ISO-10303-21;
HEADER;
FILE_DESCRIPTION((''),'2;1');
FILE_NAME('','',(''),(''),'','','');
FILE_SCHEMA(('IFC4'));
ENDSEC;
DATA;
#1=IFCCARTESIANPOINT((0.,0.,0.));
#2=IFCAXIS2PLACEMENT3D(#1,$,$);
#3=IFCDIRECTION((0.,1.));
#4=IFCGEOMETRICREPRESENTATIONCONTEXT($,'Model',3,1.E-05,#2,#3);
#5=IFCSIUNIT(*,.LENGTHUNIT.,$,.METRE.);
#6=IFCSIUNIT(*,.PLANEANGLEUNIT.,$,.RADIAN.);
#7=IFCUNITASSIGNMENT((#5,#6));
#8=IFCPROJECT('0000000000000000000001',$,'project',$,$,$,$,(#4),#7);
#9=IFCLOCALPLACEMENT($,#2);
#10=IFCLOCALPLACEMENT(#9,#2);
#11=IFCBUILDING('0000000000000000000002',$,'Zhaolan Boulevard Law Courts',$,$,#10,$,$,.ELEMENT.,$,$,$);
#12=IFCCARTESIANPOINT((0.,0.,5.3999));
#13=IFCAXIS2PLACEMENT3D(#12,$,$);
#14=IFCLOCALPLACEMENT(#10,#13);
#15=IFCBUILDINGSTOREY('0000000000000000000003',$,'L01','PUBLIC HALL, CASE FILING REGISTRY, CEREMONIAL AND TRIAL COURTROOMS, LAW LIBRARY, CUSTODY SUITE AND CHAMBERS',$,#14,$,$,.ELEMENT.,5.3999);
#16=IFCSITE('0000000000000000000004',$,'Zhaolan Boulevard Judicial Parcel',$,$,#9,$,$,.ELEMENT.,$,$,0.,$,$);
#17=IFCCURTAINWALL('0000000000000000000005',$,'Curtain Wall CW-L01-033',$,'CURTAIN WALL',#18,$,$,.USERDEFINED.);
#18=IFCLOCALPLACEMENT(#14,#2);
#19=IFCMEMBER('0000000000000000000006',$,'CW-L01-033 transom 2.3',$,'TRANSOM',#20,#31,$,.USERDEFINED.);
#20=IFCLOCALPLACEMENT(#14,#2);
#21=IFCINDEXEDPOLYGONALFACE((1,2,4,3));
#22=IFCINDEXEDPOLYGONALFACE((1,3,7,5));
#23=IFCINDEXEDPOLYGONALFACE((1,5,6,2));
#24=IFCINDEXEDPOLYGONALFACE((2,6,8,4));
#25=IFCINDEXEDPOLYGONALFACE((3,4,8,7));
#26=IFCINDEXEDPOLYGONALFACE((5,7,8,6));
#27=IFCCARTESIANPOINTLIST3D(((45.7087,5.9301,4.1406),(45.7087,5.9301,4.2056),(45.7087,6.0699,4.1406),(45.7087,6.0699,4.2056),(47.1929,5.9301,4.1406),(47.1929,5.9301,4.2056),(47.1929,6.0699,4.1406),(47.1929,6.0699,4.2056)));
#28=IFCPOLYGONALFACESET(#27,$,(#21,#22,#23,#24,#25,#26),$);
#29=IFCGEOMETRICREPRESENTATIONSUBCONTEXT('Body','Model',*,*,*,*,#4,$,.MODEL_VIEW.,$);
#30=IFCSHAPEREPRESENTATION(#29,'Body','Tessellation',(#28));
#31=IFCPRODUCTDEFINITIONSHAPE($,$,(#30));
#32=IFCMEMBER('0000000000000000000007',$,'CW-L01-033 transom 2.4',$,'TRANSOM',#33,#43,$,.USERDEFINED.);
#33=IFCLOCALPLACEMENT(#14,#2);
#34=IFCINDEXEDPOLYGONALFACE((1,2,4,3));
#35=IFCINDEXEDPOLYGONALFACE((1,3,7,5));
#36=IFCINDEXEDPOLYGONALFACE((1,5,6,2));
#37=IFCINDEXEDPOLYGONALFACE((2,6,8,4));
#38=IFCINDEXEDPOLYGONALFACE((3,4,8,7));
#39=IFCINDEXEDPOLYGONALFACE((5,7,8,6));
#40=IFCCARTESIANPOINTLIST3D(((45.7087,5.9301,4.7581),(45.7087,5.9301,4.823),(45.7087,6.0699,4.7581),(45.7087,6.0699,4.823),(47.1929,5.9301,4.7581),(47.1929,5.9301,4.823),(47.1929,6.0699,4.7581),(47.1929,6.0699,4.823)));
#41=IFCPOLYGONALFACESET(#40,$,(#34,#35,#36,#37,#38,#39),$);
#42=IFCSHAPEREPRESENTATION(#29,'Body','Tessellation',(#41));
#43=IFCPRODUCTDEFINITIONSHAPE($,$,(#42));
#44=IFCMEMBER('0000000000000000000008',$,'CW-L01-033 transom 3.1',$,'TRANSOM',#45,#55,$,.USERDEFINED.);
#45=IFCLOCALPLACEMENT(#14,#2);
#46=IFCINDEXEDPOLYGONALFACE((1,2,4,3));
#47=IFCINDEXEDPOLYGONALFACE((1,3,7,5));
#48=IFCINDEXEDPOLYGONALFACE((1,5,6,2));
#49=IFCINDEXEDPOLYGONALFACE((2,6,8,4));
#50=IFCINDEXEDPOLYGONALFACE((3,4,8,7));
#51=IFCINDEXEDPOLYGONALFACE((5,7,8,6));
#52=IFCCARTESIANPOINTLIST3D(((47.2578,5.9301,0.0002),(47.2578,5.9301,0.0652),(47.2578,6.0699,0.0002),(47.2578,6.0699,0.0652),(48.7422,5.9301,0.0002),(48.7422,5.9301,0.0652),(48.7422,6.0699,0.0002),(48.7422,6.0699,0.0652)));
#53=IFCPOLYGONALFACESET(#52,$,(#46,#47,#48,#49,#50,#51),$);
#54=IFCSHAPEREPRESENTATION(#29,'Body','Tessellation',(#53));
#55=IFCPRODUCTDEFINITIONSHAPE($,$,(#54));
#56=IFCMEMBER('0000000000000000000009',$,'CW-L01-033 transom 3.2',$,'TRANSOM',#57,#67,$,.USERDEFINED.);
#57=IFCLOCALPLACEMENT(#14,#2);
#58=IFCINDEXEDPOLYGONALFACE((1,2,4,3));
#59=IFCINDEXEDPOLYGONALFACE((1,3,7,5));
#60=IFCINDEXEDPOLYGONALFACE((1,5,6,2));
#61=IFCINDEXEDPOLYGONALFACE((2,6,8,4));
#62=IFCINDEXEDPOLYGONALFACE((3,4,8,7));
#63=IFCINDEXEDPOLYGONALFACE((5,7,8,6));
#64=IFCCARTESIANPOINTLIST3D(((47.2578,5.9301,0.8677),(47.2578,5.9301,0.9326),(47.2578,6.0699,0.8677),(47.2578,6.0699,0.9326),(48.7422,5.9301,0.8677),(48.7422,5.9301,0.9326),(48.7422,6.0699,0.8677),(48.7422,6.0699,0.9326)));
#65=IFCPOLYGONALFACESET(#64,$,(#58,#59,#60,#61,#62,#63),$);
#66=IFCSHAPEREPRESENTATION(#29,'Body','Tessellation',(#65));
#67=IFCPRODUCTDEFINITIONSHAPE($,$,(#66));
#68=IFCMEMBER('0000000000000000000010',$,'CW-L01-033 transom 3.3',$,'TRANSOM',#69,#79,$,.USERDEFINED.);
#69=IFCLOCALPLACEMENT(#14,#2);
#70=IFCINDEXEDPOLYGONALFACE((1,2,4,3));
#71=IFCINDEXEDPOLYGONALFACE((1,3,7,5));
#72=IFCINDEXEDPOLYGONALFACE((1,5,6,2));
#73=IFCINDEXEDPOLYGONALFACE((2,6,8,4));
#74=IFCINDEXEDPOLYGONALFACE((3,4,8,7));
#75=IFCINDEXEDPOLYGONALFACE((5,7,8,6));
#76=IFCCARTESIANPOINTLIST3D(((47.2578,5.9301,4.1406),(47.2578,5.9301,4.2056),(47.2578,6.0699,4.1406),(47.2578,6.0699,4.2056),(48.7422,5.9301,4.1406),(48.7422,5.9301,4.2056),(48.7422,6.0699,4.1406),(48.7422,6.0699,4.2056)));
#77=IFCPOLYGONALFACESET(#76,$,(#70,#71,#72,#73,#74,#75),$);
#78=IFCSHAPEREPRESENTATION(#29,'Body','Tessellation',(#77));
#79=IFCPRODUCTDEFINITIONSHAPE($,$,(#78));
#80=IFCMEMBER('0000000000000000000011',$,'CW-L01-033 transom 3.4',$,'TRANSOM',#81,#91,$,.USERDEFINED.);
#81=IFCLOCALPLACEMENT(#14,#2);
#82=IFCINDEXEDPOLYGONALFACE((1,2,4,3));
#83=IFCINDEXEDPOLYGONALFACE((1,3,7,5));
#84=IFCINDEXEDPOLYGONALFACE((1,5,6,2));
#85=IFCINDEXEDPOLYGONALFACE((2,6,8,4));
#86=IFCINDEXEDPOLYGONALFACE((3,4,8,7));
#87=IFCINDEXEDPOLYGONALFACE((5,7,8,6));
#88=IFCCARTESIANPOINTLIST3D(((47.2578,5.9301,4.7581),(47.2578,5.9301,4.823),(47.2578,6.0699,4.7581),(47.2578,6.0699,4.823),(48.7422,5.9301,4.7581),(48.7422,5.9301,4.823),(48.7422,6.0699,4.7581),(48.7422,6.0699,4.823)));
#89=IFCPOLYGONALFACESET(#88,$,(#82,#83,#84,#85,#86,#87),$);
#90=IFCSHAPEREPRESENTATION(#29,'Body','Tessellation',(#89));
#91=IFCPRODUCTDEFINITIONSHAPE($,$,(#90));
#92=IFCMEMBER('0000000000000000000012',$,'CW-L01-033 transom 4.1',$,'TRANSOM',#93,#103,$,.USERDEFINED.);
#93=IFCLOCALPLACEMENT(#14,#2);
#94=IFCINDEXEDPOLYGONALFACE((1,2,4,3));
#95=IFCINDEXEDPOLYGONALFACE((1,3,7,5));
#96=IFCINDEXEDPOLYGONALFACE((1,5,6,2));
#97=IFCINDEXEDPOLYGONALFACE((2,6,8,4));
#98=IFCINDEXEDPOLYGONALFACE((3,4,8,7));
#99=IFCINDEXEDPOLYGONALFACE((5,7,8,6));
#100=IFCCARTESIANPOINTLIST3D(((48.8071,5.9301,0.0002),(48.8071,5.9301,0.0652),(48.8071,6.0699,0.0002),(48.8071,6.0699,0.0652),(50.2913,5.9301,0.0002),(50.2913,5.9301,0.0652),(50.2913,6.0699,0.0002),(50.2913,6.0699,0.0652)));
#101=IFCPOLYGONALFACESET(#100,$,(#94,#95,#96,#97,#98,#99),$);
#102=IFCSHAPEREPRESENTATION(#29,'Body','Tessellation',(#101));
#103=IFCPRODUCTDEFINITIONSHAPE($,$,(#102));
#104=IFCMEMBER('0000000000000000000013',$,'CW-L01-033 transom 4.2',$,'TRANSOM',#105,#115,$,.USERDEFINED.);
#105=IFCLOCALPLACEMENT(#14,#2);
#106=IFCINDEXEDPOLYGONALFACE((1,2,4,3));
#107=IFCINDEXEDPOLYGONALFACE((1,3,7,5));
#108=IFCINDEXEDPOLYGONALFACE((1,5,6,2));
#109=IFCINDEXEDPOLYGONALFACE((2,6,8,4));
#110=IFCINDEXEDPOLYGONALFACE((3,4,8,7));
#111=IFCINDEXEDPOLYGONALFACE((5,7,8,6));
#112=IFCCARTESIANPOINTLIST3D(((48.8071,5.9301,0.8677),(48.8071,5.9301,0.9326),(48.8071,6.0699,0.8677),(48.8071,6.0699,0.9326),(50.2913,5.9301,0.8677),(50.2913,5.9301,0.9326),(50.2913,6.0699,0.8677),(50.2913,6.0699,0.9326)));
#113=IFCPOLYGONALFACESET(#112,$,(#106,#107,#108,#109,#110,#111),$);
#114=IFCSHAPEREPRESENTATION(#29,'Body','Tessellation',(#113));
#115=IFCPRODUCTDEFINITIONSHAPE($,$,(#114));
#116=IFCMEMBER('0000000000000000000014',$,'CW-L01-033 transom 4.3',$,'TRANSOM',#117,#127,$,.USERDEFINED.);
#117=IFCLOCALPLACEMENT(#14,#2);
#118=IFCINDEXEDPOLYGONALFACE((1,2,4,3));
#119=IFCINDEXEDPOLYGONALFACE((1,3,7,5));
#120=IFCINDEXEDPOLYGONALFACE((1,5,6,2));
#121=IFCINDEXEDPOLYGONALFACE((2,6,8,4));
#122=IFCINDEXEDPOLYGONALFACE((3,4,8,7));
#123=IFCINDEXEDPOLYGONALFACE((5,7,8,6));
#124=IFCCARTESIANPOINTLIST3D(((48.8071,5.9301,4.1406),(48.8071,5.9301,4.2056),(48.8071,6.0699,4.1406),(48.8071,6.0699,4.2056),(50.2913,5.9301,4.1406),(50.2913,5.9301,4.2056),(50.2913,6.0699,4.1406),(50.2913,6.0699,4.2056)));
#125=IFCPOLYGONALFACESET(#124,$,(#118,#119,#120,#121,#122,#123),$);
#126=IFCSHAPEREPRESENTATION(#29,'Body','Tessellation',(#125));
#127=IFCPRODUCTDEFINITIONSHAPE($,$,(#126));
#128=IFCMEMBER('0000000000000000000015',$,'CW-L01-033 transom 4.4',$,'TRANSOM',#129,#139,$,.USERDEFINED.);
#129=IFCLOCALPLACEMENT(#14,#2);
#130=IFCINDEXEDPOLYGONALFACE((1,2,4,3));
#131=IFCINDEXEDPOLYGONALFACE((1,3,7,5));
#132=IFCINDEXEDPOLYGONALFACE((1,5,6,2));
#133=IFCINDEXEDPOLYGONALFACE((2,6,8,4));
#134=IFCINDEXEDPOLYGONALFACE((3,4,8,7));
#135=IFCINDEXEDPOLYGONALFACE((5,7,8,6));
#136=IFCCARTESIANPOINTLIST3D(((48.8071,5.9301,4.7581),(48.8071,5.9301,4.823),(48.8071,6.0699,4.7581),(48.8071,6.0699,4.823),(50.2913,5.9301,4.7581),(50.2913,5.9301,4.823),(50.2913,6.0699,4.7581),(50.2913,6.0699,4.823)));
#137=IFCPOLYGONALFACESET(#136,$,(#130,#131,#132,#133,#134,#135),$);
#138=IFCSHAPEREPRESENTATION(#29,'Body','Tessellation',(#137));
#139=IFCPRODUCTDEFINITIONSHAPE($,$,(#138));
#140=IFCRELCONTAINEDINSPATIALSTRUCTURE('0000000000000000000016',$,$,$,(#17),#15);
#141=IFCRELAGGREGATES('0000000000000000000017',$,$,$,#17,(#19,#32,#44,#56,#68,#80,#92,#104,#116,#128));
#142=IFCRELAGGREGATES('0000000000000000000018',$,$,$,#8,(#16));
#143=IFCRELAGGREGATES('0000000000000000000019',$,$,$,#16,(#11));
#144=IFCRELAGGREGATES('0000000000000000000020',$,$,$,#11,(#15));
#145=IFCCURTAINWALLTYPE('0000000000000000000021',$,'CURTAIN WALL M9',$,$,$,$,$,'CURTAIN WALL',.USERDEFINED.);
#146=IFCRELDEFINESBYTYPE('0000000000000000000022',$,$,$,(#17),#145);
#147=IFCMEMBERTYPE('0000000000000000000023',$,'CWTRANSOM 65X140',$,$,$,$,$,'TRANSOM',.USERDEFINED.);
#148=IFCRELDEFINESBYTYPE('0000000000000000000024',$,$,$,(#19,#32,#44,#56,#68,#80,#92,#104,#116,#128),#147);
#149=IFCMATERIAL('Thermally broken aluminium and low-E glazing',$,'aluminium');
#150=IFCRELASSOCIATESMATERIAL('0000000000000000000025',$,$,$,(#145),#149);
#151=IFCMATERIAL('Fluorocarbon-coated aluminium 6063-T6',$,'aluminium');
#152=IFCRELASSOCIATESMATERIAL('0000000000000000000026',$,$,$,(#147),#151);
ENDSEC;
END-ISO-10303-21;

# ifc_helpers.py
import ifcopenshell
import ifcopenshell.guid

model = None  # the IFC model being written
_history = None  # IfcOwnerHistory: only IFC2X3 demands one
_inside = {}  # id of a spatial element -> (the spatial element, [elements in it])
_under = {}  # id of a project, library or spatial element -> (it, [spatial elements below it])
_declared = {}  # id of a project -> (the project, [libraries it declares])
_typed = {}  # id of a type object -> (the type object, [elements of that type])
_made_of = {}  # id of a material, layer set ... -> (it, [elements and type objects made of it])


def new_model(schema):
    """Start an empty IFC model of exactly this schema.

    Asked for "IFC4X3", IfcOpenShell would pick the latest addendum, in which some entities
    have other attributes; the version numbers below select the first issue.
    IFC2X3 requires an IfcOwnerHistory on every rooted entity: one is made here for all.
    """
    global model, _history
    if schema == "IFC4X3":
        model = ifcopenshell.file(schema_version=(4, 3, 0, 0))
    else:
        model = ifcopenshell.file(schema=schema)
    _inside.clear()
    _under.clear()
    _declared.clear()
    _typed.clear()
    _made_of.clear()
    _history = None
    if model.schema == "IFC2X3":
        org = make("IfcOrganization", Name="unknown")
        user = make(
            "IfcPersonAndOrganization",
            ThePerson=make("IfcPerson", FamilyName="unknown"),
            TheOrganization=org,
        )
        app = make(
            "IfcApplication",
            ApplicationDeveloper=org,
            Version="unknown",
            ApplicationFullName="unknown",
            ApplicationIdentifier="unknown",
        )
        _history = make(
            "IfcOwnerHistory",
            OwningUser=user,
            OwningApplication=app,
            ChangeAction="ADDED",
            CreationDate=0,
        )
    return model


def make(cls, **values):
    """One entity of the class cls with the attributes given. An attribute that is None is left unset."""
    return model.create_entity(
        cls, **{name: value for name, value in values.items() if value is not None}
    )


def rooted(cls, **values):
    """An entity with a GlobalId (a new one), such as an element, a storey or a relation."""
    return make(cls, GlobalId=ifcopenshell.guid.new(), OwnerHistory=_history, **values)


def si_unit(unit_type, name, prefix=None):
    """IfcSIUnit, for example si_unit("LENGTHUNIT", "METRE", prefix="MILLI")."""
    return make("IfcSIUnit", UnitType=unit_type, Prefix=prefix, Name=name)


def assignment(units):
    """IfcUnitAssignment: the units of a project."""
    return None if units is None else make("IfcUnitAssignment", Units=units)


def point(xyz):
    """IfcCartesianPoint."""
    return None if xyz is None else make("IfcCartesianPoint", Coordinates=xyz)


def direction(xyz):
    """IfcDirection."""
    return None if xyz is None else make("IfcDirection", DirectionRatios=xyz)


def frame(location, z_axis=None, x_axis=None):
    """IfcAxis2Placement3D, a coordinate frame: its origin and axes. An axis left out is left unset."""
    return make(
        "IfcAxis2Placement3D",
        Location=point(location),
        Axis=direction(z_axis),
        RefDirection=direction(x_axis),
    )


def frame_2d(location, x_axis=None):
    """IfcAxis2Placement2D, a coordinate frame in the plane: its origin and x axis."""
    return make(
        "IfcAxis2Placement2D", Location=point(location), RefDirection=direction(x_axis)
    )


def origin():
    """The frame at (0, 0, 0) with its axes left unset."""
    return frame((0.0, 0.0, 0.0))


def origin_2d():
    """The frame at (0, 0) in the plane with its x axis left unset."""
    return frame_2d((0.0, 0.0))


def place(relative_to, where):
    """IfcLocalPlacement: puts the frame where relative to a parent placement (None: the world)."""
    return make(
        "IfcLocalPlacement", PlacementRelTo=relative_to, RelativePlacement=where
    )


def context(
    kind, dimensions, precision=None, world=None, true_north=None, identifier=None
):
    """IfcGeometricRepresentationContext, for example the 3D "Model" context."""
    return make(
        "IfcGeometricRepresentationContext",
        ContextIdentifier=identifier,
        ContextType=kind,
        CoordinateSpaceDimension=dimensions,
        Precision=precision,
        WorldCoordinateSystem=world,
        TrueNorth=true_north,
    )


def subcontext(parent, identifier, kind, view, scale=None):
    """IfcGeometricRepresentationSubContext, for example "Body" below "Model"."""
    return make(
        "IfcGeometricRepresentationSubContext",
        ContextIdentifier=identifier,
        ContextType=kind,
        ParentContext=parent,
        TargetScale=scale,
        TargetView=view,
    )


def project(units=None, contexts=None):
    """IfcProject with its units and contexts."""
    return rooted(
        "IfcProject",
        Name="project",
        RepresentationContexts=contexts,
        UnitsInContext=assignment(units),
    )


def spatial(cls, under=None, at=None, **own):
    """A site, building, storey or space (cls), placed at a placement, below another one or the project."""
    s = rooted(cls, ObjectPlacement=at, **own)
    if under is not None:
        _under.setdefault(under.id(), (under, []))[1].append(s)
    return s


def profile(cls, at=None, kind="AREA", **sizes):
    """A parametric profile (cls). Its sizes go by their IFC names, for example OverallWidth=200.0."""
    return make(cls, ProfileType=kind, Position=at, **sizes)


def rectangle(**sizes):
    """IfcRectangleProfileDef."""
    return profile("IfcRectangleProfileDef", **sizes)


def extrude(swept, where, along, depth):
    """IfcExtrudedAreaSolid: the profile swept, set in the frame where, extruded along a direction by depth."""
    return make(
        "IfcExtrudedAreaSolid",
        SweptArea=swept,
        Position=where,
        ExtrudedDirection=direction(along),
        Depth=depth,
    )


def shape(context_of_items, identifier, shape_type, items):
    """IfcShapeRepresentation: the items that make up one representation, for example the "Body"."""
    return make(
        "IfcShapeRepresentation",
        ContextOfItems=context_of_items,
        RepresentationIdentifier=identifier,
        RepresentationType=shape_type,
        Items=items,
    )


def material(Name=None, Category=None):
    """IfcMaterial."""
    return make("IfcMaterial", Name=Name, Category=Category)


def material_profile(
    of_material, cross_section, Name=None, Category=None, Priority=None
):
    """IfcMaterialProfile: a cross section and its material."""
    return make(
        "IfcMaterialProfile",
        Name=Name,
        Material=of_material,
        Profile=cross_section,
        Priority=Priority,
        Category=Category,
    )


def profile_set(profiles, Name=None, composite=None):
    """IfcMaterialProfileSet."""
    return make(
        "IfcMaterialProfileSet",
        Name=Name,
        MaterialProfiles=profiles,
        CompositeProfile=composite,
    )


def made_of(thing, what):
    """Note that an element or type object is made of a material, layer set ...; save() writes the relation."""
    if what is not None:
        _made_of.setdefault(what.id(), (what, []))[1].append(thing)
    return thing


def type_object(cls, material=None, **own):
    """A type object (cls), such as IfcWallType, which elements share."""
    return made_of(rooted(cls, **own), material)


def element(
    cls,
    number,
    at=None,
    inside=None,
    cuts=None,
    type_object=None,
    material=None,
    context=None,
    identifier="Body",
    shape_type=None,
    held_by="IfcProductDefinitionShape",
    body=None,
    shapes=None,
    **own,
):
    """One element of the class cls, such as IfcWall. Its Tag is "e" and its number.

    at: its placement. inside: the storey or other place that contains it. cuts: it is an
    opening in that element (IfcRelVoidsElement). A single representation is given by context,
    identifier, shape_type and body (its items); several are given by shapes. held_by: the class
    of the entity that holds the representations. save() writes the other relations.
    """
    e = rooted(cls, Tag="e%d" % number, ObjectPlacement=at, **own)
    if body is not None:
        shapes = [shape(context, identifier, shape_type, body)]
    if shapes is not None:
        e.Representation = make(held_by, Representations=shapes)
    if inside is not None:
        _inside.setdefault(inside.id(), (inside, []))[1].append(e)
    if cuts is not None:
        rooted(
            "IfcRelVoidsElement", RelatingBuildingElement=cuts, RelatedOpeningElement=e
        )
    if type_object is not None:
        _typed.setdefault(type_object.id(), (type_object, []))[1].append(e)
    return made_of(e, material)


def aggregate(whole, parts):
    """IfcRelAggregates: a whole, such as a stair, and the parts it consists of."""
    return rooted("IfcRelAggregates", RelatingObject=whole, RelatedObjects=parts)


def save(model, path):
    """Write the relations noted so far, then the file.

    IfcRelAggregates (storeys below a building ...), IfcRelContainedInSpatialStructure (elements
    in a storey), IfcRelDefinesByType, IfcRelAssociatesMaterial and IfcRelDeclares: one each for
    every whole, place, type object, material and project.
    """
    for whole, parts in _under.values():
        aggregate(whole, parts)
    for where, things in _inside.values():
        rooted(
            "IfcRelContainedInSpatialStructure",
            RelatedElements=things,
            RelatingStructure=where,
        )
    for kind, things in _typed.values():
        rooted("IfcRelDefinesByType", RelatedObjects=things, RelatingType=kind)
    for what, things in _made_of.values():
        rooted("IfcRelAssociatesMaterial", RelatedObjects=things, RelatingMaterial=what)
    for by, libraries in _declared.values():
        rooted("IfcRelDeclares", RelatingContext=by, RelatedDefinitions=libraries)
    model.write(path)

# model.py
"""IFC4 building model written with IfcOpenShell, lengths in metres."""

from ifc_helpers import new_model, si_unit, direction, frame, origin, origin_2d, place, context, subcontext, project, spatial, rectangle, extrude, material, material_profile, profile_set, type_object, element, aggregate, save


model = new_model("IFC4")

# Units and contexts
model_context = context("Model", 3, precision=1e-05, world=origin(), true_north=direction((0.0, 1.0)))
body_context = subcontext(model_context, "Body", "Model", "MODEL_VIEW")
ifc_project = project(units=[si_unit("LENGTHUNIT", "METRE"), si_unit("PLANEANGLEUNIT", "RADIAN")], contexts=[model_context])

# Site, building, storey
site_placement = place(None, origin())
site = spatial("IfcSite", under=ifc_project, at=site_placement, Name="Zhaolan Boulevard Judicial Parcel", CompositionType="ELEMENT", RefElevation=0.0)
building_placement = place(site_placement, origin())
building = spatial("IfcBuilding", under=site, at=building_placement, Name="Zhaolan Boulevard Law Courts", CompositionType="ELEMENT")
storey_placement = place(building_placement, frame((0.0, 0.0, 5.3999)))
storey = spatial("IfcBuildingStorey", under=building, at=storey_placement, Name="L01", Description="PUBLIC HALL, CASE FILING REGISTRY, CEREMONIAL AND TRIAL COURTROOMS, LAW LIBRARY, CUSTODY SUITE AND CHAMBERS", CompositionType="ELEMENT", Elevation=5.3999)

# Curtain wall, members
ifc_material_1 = material(Name="Thermally broken aluminium and low-E glazing", Category="aluminium")
curtain_wall_type_1 = type_object("IfcCurtainWallType", Name="CURTAIN WALL M9", ElementType="CURTAIN WALL", PredefinedType="USERDEFINED", material=ifc_material_1)
curtain_wall_1_placement = place(storey_placement, origin())
curtain_wall_1 = element("IfcCurtainWall", 1, at=curtain_wall_1_placement, inside=storey, type_object=curtain_wall_type_1, Name="Curtain Wall CW-L01-033", ObjectType="CURTAIN WALL", PredefinedType="USERDEFINED")
ifc_material_2 = material(Name="Fluorocarbon-coated aluminium 6063-T6", Category="aluminium")
ifc_material_profile_1 = material_profile(ifc_material_2, rectangle(XDim=0.1399, YDim=0.0649, at=origin_2d()), Name="AL65x140")
ifc_profile_set_1 = profile_set([ifc_material_profile_1], Name="Fluorocarbon-coated aluminium 6063-T6")
member_type_1 = type_object("IfcMemberType", Name="CWTRANSOM 65X140", ElementType="TRANSOM", PredefinedType="USERDEFINED", material=ifc_profile_set_1)
member_1_placement = place(storey_placement, frame((45.7087, 6.0, 4.1731), z_axis=(1.0, 0.0, 0.0), x_axis=(0.0, 1.0, 0.0)))
member_1 = element("IfcMember", 2, at=member_1_placement, type_object=member_type_1, Name="CW-L01-033 transom 2.3", ObjectType="TRANSOM", PredefinedType="USERDEFINED", context=body_context, shape_type="SweptSolid", body=[
    extrude(rectangle(XDim=0.1399, YDim=0.0649, at=origin_2d()), origin(), (0.0, 0.0, 1.0), 1.4841),
])
member_2_placement = place(storey_placement, frame((45.7087, 6.0, 4.7905), z_axis=(1.0, 0.0, 0.0), x_axis=(0.0, 1.0, 0.0)))
member_2 = element("IfcMember", 3, at=member_2_placement, type_object=member_type_1, Name="CW-L01-033 transom 2.4", ObjectType="TRANSOM", PredefinedType="USERDEFINED", context=body_context, shape_type="SweptSolid", body=[
    extrude(rectangle(XDim=0.1399, YDim=0.0649, at=origin_2d()), origin(), (0.0, 0.0, 1.0), 1.4841),
])
member_3_placement = place(storey_placement, frame((47.2578, 6.0, 0.0327), z_axis=(1.0, 0.0, 0.0), x_axis=(0.0, 1.0, 0.0)))
member_3 = element("IfcMember", 4, at=member_3_placement, type_object=member_type_1, Name="CW-L01-033 transom 3.1", ObjectType="TRANSOM", PredefinedType="USERDEFINED", context=body_context, shape_type="SweptSolid", body=[
    extrude(rectangle(XDim=0.1399, YDim=0.0649, at=origin_2d()), origin(), (0.0, 0.0, 1.0), 1.4844),
])
member_4_placement = place(storey_placement, frame((47.2578, 6.0, 0.9001), z_axis=(1.0, 0.0, 0.0), x_axis=(0.0, 1.0, 0.0)))
member_4 = element("IfcMember", 5, at=member_4_placement, type_object=member_type_1, Name="CW-L01-033 transom 3.2", ObjectType="TRANSOM", PredefinedType="USERDEFINED", context=body_context, shape_type="SweptSolid", body=[
    extrude(rectangle(XDim=0.1399, YDim=0.0649, at=origin_2d()), origin(), (0.0, 0.0, 1.0), 1.4844),
])
member_5_placement = place(storey_placement, frame((47.2578, 6.0, 4.1731), z_axis=(1.0, 0.0, 0.0), x_axis=(0.0, 1.0, 0.0)))
member_5 = element("IfcMember", 6, at=member_5_placement, type_object=member_type_1, Name="CW-L01-033 transom 3.3", ObjectType="TRANSOM", PredefinedType="USERDEFINED", context=body_context, shape_type="SweptSolid", body=[
    extrude(rectangle(XDim=0.1399, YDim=0.0649, at=origin_2d()), origin(), (0.0, 0.0, 1.0), 1.4844),
])
member_6_placement = place(storey_placement, frame((47.2578, 6.0, 4.7905), z_axis=(1.0, 0.0, 0.0), x_axis=(0.0, 1.0, 0.0)))
member_6 = element("IfcMember", 7, at=member_6_placement, type_object=member_type_1, Name="CW-L01-033 transom 3.4", ObjectType="TRANSOM", PredefinedType="USERDEFINED", context=body_context, shape_type="SweptSolid", body=[
    extrude(rectangle(XDim=0.1399, YDim=0.0649, at=origin_2d()), origin(), (0.0, 0.0, 1.0), 1.4844),
])
member_7_placement = place(storey_placement, frame((48.8071, 6.0, 0.0327), z_axis=(1.0, 0.0, 0.0), x_axis=(0.0, 1.0, 0.0)))
member_7 = element("IfcMember", 8, at=member_7_placement, type_object=member_type_1, Name="CW-L01-033 transom 4.1", ObjectType="TRANSOM", PredefinedType="USERDEFINED", context=body_context, shape_type="SweptSolid", body=[
    extrude(rectangle(XDim=0.1399, YDim=0.0649, at=origin_2d()), origin(), (0.0, 0.0, 1.0), 1.4841),
])
member_8_placement = place(storey_placement, frame((48.8071, 6.0, 0.9001), z_axis=(1.0, 0.0, 0.0), x_axis=(0.0, 1.0, 0.0)))
member_8 = element("IfcMember", 9, at=member_8_placement, type_object=member_type_1, Name="CW-L01-033 transom 4.2", ObjectType="TRANSOM", PredefinedType="USERDEFINED", context=body_context, shape_type="SweptSolid", body=[
    extrude(rectangle(XDim=0.1399, YDim=0.0649, at=origin_2d()), origin(), (0.0, 0.0, 1.0), 1.4841),
])
member_9_placement = place(storey_placement, frame((48.8071, 6.0, 4.1731), z_axis=(1.0, 0.0, 0.0), x_axis=(0.0, 1.0, 0.0)))
member_9 = element("IfcMember", 10, at=member_9_placement, type_object=member_type_1, Name="CW-L01-033 transom 4.3", ObjectType="TRANSOM", PredefinedType="USERDEFINED", context=body_context, shape_type="SweptSolid", body=[
    extrude(rectangle(XDim=0.1399, YDim=0.0649, at=origin_2d()), origin(), (0.0, 0.0, 1.0), 1.4841),
])
member_10_placement = place(storey_placement, frame((48.8071, 6.0, 4.7905), z_axis=(1.0, 0.0, 0.0), x_axis=(0.0, 1.0, 0.0)))
member_10 = element("IfcMember", 11, at=member_10_placement, type_object=member_type_1, Name="CW-L01-033 transom 4.4", ObjectType="TRANSOM", PredefinedType="USERDEFINED", context=body_context, shape_type="SweptSolid", body=[
    extrude(rectangle(XDim=0.1399, YDim=0.0649, at=origin_2d()), origin(), (0.0, 0.0, 1.0), 1.4841),
])

aggregate(curtain_wall_1, [member_1, member_2, member_3, member_4, member_5, member_6, member_7, member_8, member_9, member_10])

save(model, "model.ifc")
